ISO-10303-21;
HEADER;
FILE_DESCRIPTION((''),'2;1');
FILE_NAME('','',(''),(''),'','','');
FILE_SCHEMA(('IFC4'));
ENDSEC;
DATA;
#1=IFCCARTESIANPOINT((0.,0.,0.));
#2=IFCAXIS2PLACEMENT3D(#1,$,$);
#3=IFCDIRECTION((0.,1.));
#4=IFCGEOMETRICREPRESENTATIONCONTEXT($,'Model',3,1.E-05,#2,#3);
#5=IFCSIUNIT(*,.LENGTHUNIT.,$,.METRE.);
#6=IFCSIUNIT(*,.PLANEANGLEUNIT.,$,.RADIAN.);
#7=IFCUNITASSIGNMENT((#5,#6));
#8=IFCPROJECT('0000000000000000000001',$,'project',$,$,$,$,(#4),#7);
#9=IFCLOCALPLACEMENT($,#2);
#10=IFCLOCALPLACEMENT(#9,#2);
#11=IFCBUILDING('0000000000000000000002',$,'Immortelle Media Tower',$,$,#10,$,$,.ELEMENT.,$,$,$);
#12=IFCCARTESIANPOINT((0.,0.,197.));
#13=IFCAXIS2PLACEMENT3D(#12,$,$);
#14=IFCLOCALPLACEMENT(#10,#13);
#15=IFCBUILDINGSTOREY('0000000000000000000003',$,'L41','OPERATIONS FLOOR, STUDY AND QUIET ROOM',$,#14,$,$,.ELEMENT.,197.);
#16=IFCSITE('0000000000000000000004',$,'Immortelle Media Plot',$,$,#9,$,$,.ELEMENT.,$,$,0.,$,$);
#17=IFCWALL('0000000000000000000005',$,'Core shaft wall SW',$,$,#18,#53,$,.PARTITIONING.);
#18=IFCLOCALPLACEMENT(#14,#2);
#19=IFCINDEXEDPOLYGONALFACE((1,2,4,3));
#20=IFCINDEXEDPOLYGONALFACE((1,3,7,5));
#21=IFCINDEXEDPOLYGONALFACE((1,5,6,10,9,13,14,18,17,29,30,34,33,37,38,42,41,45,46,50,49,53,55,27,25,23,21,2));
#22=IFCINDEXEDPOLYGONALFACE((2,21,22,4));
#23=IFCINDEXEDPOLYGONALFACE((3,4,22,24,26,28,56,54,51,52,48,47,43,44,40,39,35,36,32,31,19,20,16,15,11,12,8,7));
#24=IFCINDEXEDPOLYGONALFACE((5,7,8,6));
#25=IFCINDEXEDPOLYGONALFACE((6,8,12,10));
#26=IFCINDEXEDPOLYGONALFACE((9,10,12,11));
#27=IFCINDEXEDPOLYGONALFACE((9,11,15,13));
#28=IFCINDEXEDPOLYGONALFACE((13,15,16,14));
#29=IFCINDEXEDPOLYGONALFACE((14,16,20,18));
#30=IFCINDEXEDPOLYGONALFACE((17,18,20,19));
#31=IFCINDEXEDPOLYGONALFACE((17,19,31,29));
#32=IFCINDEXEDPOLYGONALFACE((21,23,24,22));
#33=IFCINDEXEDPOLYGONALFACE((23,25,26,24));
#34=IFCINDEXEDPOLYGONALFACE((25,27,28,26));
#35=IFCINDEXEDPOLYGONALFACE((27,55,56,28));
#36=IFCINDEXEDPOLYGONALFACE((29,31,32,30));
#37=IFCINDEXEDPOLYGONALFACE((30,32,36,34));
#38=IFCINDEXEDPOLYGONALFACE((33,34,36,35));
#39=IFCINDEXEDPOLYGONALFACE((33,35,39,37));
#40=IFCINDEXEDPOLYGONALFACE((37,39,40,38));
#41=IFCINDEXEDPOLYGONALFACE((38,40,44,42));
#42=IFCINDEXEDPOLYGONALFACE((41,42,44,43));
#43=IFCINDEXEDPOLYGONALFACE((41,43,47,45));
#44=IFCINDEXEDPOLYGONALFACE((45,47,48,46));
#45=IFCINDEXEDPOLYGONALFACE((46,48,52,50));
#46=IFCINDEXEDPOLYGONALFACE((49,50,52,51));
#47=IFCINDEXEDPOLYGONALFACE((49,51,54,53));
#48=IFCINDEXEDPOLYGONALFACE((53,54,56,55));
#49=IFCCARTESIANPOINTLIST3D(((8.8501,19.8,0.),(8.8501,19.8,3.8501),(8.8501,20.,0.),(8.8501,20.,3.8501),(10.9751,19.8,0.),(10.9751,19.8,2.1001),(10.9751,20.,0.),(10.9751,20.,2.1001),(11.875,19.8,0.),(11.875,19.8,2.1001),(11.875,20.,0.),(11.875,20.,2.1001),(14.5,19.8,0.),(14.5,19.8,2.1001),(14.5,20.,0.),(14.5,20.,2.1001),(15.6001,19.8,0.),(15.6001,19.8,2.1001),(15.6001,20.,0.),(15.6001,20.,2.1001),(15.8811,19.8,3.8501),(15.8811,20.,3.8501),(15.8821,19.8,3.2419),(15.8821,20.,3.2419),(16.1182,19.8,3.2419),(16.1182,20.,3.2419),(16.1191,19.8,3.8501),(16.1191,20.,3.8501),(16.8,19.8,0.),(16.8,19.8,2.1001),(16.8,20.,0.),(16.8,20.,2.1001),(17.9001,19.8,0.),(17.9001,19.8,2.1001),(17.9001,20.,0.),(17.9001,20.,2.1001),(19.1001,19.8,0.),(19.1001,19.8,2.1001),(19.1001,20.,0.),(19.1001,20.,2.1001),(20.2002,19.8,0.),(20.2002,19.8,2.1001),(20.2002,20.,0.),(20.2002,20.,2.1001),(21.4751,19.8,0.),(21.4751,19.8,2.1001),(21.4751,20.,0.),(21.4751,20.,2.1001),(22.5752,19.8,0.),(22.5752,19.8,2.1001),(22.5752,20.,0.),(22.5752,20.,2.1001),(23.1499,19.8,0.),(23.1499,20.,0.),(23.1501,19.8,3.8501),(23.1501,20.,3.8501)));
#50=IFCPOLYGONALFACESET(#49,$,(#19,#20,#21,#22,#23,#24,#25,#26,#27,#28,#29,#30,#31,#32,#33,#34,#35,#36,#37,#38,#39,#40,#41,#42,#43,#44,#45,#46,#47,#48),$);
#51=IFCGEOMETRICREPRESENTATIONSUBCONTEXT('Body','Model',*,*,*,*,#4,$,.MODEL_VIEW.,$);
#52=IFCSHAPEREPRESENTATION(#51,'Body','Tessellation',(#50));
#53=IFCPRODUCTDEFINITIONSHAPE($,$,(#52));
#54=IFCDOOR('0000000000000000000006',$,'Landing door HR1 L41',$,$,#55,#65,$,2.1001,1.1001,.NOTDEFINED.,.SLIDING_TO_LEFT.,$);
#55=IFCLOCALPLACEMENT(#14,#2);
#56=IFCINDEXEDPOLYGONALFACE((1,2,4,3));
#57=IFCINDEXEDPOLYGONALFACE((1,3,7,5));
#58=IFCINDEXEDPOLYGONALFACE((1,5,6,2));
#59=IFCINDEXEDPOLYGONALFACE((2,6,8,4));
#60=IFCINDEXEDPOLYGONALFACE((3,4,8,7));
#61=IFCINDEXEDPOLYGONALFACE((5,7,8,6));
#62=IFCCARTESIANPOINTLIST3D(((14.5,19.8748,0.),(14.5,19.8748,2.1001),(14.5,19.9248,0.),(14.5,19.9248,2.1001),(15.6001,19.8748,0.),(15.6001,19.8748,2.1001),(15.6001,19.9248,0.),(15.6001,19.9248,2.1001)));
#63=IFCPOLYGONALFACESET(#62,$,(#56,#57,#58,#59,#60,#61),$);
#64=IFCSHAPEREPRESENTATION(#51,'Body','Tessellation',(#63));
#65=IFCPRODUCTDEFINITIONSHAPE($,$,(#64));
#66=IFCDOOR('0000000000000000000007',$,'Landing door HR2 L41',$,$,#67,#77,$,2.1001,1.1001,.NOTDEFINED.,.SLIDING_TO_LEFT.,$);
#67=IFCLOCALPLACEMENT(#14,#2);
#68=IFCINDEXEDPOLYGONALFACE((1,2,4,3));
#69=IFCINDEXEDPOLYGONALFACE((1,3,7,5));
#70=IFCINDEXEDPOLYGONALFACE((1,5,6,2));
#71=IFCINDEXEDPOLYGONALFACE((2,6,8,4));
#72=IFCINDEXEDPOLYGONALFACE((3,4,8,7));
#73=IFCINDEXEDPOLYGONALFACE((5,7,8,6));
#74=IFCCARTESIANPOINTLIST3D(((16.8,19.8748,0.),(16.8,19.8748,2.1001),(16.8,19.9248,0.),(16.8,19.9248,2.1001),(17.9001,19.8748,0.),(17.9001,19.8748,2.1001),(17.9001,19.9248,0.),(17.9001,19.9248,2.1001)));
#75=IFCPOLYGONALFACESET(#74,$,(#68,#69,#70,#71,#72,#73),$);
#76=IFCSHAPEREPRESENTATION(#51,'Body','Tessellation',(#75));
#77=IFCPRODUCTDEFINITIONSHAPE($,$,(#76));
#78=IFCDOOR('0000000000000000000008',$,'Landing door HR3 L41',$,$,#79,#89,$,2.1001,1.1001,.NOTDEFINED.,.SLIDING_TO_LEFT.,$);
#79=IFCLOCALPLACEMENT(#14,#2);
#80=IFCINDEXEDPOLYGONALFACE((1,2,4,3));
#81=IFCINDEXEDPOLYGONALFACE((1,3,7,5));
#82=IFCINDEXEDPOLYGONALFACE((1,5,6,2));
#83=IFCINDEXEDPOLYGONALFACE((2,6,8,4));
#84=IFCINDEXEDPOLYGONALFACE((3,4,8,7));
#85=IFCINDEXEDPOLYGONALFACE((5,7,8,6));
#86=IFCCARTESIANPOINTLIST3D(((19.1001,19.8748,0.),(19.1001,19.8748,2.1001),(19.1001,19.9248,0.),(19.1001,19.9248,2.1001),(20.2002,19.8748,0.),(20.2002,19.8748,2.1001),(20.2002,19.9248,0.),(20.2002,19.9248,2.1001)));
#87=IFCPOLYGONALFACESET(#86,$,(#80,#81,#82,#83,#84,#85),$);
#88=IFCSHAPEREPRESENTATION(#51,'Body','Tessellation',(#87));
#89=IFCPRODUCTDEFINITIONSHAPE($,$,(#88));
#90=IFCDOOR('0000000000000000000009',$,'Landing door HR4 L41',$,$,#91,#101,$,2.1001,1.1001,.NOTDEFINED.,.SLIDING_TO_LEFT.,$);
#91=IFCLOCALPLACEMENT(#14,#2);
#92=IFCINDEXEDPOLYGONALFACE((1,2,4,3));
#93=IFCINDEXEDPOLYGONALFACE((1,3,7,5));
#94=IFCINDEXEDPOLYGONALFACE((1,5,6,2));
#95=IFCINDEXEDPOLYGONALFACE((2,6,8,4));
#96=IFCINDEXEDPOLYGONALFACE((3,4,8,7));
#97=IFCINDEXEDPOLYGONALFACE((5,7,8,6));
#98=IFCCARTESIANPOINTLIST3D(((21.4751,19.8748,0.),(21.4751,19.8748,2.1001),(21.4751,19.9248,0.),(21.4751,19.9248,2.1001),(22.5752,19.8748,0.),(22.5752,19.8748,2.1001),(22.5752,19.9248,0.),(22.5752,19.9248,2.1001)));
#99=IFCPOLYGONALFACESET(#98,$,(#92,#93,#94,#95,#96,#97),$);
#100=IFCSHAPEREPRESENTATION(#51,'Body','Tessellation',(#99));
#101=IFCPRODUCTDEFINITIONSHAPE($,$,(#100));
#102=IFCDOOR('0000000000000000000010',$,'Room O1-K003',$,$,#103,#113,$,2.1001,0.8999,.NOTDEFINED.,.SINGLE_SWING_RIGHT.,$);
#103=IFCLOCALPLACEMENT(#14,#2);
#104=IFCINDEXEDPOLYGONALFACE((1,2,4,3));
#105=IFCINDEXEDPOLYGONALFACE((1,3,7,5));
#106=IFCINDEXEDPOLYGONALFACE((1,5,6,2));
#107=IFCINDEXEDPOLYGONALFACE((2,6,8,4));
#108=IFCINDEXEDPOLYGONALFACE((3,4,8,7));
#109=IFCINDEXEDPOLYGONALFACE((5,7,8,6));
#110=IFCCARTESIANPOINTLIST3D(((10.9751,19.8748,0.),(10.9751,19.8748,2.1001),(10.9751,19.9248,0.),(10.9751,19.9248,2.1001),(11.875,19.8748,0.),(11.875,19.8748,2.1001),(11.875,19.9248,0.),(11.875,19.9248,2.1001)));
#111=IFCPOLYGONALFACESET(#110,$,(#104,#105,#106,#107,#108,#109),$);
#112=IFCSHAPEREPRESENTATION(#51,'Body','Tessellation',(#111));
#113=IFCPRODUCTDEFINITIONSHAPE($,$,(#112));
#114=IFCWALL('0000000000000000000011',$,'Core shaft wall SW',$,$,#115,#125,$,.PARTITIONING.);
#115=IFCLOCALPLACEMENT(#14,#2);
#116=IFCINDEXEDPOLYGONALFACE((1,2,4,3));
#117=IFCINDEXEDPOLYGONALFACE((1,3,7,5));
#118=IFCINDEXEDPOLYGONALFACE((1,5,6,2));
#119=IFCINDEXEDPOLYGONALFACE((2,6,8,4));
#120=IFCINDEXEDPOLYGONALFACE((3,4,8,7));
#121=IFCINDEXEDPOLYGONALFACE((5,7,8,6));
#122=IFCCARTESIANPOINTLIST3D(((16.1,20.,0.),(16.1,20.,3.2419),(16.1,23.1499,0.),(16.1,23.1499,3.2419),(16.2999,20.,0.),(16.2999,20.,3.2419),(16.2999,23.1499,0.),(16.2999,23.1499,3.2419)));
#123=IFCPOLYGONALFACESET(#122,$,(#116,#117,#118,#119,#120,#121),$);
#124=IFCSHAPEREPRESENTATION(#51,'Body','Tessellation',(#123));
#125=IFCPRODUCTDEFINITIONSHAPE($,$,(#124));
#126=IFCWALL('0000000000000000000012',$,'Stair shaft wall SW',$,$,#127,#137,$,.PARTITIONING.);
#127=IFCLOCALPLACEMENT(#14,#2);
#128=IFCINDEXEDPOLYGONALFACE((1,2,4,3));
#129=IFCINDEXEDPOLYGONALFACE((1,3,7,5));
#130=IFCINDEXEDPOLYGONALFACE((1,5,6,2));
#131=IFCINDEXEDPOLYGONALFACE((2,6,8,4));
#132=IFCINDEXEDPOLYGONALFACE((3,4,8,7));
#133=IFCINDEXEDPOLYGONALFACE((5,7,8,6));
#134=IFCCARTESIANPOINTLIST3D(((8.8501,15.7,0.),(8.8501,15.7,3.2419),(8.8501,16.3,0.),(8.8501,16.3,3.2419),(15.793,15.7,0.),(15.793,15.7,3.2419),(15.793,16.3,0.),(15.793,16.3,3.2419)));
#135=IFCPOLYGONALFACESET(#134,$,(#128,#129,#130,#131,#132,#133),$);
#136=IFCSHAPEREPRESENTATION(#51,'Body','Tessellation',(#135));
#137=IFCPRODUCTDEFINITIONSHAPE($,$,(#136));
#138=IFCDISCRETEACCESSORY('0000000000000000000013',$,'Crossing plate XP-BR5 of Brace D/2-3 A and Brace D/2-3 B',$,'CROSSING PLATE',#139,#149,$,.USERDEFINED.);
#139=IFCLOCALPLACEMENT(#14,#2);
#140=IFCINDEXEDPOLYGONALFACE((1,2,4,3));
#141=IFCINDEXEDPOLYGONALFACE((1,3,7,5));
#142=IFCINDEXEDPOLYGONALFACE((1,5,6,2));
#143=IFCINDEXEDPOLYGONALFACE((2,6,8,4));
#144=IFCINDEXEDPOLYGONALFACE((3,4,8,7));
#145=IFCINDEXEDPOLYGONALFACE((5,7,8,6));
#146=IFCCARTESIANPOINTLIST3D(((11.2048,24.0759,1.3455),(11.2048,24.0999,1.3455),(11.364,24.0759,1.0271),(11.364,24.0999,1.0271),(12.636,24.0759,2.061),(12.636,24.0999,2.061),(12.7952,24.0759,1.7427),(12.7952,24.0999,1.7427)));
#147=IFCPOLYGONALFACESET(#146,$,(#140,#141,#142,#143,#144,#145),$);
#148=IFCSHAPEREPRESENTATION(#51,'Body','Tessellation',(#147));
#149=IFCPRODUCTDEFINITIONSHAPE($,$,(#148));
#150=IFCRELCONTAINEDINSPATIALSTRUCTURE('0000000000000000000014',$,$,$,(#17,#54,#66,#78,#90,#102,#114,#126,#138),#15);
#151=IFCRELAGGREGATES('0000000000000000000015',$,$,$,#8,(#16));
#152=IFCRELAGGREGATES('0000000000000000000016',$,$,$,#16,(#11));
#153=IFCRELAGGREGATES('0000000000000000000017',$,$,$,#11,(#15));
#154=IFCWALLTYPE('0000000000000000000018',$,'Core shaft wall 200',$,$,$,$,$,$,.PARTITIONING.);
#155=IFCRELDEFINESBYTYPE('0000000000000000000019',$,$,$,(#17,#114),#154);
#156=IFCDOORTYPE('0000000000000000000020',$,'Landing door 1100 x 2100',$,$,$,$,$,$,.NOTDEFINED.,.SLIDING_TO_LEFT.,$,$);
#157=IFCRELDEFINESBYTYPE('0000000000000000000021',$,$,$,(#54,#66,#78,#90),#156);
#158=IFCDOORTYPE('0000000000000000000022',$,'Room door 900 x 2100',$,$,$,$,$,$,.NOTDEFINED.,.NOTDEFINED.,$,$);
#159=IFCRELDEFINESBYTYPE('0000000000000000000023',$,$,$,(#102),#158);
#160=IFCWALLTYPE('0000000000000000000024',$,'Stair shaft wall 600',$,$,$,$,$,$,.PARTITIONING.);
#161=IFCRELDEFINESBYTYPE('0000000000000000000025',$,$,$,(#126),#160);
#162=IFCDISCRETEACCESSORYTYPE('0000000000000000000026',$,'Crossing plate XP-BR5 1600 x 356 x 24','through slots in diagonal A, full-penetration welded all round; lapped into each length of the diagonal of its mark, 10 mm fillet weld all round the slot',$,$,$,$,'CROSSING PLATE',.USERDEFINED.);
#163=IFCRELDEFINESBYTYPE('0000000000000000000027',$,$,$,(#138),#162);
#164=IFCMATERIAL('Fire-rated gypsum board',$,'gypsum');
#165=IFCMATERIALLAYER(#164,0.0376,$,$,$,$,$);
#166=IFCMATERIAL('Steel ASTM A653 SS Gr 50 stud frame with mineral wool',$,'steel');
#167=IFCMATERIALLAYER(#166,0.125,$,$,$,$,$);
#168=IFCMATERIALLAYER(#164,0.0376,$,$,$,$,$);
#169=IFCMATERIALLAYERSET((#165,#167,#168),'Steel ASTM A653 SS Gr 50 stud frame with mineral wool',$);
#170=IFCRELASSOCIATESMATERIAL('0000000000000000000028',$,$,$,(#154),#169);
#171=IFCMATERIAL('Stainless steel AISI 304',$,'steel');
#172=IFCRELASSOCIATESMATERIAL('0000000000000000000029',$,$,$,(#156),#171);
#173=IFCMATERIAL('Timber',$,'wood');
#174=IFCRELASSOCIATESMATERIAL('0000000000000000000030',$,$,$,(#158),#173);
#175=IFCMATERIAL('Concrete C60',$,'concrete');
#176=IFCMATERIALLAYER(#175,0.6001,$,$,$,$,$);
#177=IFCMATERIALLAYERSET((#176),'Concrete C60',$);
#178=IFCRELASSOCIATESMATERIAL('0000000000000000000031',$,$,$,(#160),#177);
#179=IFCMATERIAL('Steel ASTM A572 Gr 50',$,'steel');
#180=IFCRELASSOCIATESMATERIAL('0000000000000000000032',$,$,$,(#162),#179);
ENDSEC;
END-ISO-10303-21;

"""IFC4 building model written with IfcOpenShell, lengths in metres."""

from ifc_helpers import new_model, si_unit, direction, frame, frame_2d, origin, origin_2d, place, context, subcontext, project, spatial, polyline, rectangle, outline, extrude, material, layer, layer_set, material_profile, profile_set, type_object, element, fill, save


model = new_model("IFC4")

# Units and contexts
model_context = context("Model", 3, precision=1e-05, world=origin(), true_north=direction((0.0, 1.0)))
body_context = subcontext(model_context, "Body", "Model", "MODEL_VIEW")
ifc_project = project(units=[si_unit("LENGTHUNIT", "METRE"), si_unit("PLANEANGLEUNIT", "RADIAN")], contexts=[model_context])

# Site, building, storey
site_placement = place(None, origin())
site = spatial("IfcSite", under=ifc_project, at=site_placement, Name="Immortelle Media Plot", CompositionType="ELEMENT", RefElevation=0.0)
building_placement = place(site_placement, origin())
building = spatial("IfcBuilding", under=site, at=building_placement, Name="Immortelle Media Tower", CompositionType="ELEMENT")
storey_placement = place(building_placement, frame((0.0, 0.0, 197.0)))
storey = spatial("IfcBuildingStorey", under=building, at=storey_placement, Name="L41", Description="OPERATIONS FLOOR, STUDY AND QUIET ROOM", CompositionType="ELEMENT", Elevation=197.0)

# Shared definitions
ifc_material_1 = material(Name="Timber", Category="wood")

# Shared definitions
ifc_material_2 = material(Name="Fire-rated gypsum board", Category="gypsum")
ifc_material_3 = material(Name="Steel ASTM A653 SS Gr 50 stud frame with mineral wool", Category="steel")
ifc_layer_1 = layer(ifc_material_2, 0.0376)
ifc_layer_2 = layer(ifc_material_3, 0.125)
ifc_layer_3 = layer(ifc_material_2, 0.0376)
ifc_layer_set_1 = layer_set([ifc_layer_1, ifc_layer_2, ifc_layer_3], Name="Steel ASTM A653 SS Gr 50 stud frame with mineral wool")
wall_type_1 = type_object("IfcWallType", Name="Core shaft wall 200", PredefinedType="PARTITIONING", material=ifc_layer_set_1)

# Wall, openings, doors
wall_1_placement = place(storey_placement, frame((8.8501, 19.8999, 0.0), z_axis=(0.0, 0.0, 1.0), x_axis=(1.0, 0.0, 0.0)))
wall_1 = element("IfcWall", 1, at=wall_1_placement, inside=storey, type_object=wall_type_1, Name="Core shaft wall SW", PredefinedType="PARTITIONING", context=body_context, shape_type="SweptSolid", body=[
    extrude(outline(polyline([(0.0, 0.0), (14.2998, 0.0), (14.3, 3.8501), (7.269, 3.8501), (7.2681, 3.2419), (7.032, 3.2419), (7.031, 3.8501), (0.0, 3.8501), (0.0, 0.0)])), frame((0.0, 0.1001, 0.0), z_axis=(0.0, -1.0, 0.0), x_axis=(1.0, 0.0, 0.0)), (0.0, 0.0, 1.0), 0.2),
])
opening_1_placement = place(wall_1_placement, frame((2.125, 0.0, 0.0)))
opening_1 = element("IfcOpeningElement", 2, at=opening_1_placement, cuts=wall_1, PredefinedType="OPENING", context=body_context, shape_type="SweptSolid", body=[
    extrude(rectangle(XDim=0.8999, YDim=2.1001, at=frame_2d((0.45, 1.05))), frame((0.0, 0.1099, 0.0), z_axis=(0.0, -1.0, 0.0), x_axis=(1.0, 0.0, 0.0)), (0.0, 0.0, 1.0), 0.22),
])
opening_2_placement = place(wall_1_placement, frame((5.6499, 0.0, 0.0)))
opening_2 = element("IfcOpeningElement", 3, at=opening_2_placement, cuts=wall_1, PredefinedType="OPENING", context=body_context, shape_type="SweptSolid", body=[
    extrude(rectangle(XDim=1.1001, YDim=2.1001, at=frame_2d((0.55, 1.05))), frame((0.0, 0.1099, 0.0), z_axis=(0.0, -1.0, 0.0), x_axis=(1.0, 0.0, 0.0)), (0.0, 0.0, 1.0), 0.22),
])
opening_3_placement = place(wall_1_placement, frame((7.95, 0.0, 0.0)))
opening_3 = element("IfcOpeningElement", 4, at=opening_3_placement, cuts=wall_1, PredefinedType="OPENING", context=body_context, shape_type="SweptSolid", body=[
    extrude(rectangle(XDim=1.1001, YDim=2.1001, at=frame_2d((0.55, 1.05))), frame((0.0, 0.1099, 0.0), z_axis=(0.0, -1.0, 0.0), x_axis=(1.0, 0.0, 0.0)), (0.0, 0.0, 1.0), 0.22),
])
opening_4_placement = place(wall_1_placement, frame((10.25, 0.0, 0.0)))
opening_4 = element("IfcOpeningElement", 5, at=opening_4_placement, cuts=wall_1, PredefinedType="OPENING", context=body_context, shape_type="SweptSolid", body=[
    extrude(rectangle(XDim=1.1001, YDim=2.1001, at=frame_2d((0.55, 1.05))), frame((0.0, 0.1099, 0.0), z_axis=(0.0, -1.0, 0.0), x_axis=(1.0, 0.0, 0.0)), (0.0, 0.0, 1.0), 0.22),
])
opening_5_placement = place(wall_1_placement, frame((12.625, 0.0, 0.0)))
opening_5 = element("IfcOpeningElement", 6, at=opening_5_placement, cuts=wall_1, PredefinedType="OPENING", context=body_context, shape_type="SweptSolid", body=[
    extrude(rectangle(XDim=1.1001, YDim=2.1001, at=frame_2d((0.55, 1.05))), frame((0.0, 0.1099, 0.0), z_axis=(0.0, -1.0, 0.0), x_axis=(1.0, 0.0, 0.0)), (0.0, 0.0, 1.0), 0.22),
])
ifc_material_4 = material(Name="Stainless steel AISI 304", Category="steel")
door_type_1 = type_object("IfcDoorType", Name="Landing door 1100 x 2100", OperationType="SLIDING_TO_LEFT", PredefinedType="NOTDEFINED", material=ifc_material_4)
door_1_placement = place(opening_2_placement, origin())
door_1 = element("IfcDoor", 7, at=door_1_placement, inside=storey, type_object=door_type_1, Name="Landing door HR1 L41", OperationType="SLIDING_TO_LEFT", OverallHeight=2.1001, OverallWidth=1.1001, PredefinedType="NOTDEFINED", context=body_context, shape_type="SweptSolid", body=[
    extrude(rectangle(XDim=1.1001, YDim=2.1001, at=frame_2d((0.55, 1.05))), frame((0.0, 0.0249, 0.0), z_axis=(0.0, -1.0, 0.0), x_axis=(1.0, 0.0, 0.0)), (0.0, 0.0, 1.0), 0.05),
])
fill(opening_2, door_1)
door_2_placement = place(opening_3_placement, origin())
door_2 = element("IfcDoor", 8, at=door_2_placement, inside=storey, type_object=door_type_1, Name="Landing door HR2 L41", OperationType="SLIDING_TO_LEFT", OverallHeight=2.1001, OverallWidth=1.1001, PredefinedType="NOTDEFINED", context=body_context, shape_type="SweptSolid", body=[
    extrude(rectangle(XDim=1.1001, YDim=2.1001, at=frame_2d((0.55, 1.05))), frame((0.0, 0.0249, 0.0), z_axis=(0.0, -1.0, 0.0), x_axis=(1.0, 0.0, 0.0)), (0.0, 0.0, 1.0), 0.05),
])
fill(opening_3, door_2)
door_3_placement = place(opening_4_placement, origin())
door_3 = element("IfcDoor", 9, at=door_3_placement, inside=storey, type_object=door_type_1, Name="Landing door HR3 L41", OperationType="SLIDING_TO_LEFT", OverallHeight=2.1001, OverallWidth=1.1001, PredefinedType="NOTDEFINED", context=body_context, shape_type="SweptSolid", body=[
    extrude(rectangle(XDim=1.1001, YDim=2.1001, at=frame_2d((0.55, 1.05))), frame((0.0, 0.0249, 0.0), z_axis=(0.0, -1.0, 0.0), x_axis=(1.0, 0.0, 0.0)), (0.0, 0.0, 1.0), 0.05),
])
fill(opening_4, door_3)
door_4_placement = place(opening_5_placement, origin())
door_4 = element("IfcDoor", 10, at=door_4_placement, inside=storey, type_object=door_type_1, Name="Landing door HR4 L41", OperationType="SLIDING_TO_LEFT", OverallHeight=2.1001, OverallWidth=1.1001, PredefinedType="NOTDEFINED", context=body_context, shape_type="SweptSolid", body=[
    extrude(rectangle(XDim=1.1001, YDim=2.1001, at=frame_2d((0.55, 1.05))), frame((0.0, 0.0249, 0.0), z_axis=(0.0, -1.0, 0.0), x_axis=(1.0, 0.0, 0.0)), (0.0, 0.0, 1.0), 0.05),
])
fill(opening_5, door_4)
door_type_2 = type_object("IfcDoorType", Name="Room door 900 x 2100", OperationType="NOTDEFINED", PredefinedType="NOTDEFINED", material=ifc_material_1)
door_5_placement = place(opening_1_placement, origin())
door_5 = element("IfcDoor", 11, at=door_5_placement, inside=storey, type_object=door_type_2, Name="Room O1-K003", OperationType="SINGLE_SWING_RIGHT", OverallHeight=2.1001, OverallWidth=0.8999, PredefinedType="NOTDEFINED", context=body_context, shape_type="SweptSolid", body=[
    extrude(rectangle(XDim=0.8999, YDim=2.1001, at=frame_2d((0.45, 1.05))), frame((0.0, 0.0249, 0.0), z_axis=(0.0, -1.0, 0.0), x_axis=(1.0, 0.0, 0.0)), (0.0, 0.0, 1.0), 0.05),
])
fill(opening_1, door_5)

# Walls
wall_2_placement = place(storey_placement, frame((16.2, 20.0, 0.0), z_axis=(0.0, 0.0, 1.0), x_axis=(0.0, 1.0, 0.0)))
element("IfcWall", 12, at=wall_2_placement, inside=storey, type_object=wall_type_1, Name="Core shaft wall SW", PredefinedType="PARTITIONING", context=body_context, shape_type="SweptSolid", body=[
    extrude(rectangle(XDim=3.1499, YDim=0.2, at=frame_2d((1.575, 0.0))), origin(), (0.0, 0.0, 1.0), 3.2419),
])
ifc_material_5 = material(Name="Concrete C60", Category="concrete")
ifc_layer_4 = layer(ifc_material_5, 0.6001)
ifc_layer_set_2 = layer_set([ifc_layer_4], Name="Concrete C60")
wall_type_2 = type_object("IfcWallType", Name="Stair shaft wall 600", PredefinedType="PARTITIONING", material=ifc_layer_set_2)
wall_3_placement = place(storey_placement, frame((8.8501, 16.0, 0.0), z_axis=(0.0, 0.0, 1.0), x_axis=(1.0, 0.0, 0.0)))
element("IfcWall", 13, at=wall_3_placement, inside=storey, type_object=wall_type_2, Name="Stair shaft wall SW", PredefinedType="PARTITIONING", context=body_context, shape_type="SweptSolid", body=[
    extrude(rectangle(XDim=6.9429, YDim=0.6001, at=frame_2d((3.4714, 0.0))), origin(), (0.0, 0.0, 1.0), 3.2419),
])

# Discrete accessory
ifc_material_6 = material(Name="Steel ASTM A572 Gr 50", Category="steel")
ifc_material_profile_1 = material_profile(ifc_material_6, rectangle(XDim=0.0239, YDim=0.356, at=origin_2d()), Name="PL 24 x 356")
ifc_profile_set_1 = profile_set([ifc_material_profile_1], Name="Steel ASTM A572 Gr 50")
discrete_accessory_type_1 = type_object("IfcDiscreteAccessoryType", Name="Crossing plate XP-BR5 1600 x 356 x 24", Description="through slots in diagonal A, full-penetration welded all round; lapped into each length of the diagonal of its mark, 10 mm fillet weld all round the slot", ElementType="CROSSING PLATE", PredefinedType="USERDEFINED", material=ifc_profile_set_1)
discrete_accessory_placement = place(storey_placement, frame((12.7156, 24.0879, 1.9019), z_axis=(-0.894427, 0.0, -0.447214), x_axis=(0.0, -1.0, 0.0)))
element("IfcDiscreteAccessory", 14, at=discrete_accessory_placement, inside=storey, type_object=discrete_accessory_type_1, Name="Crossing plate XP-BR5 of Brace D/2-3 A and Brace D/2-3 B", ObjectType="CROSSING PLATE", PredefinedType="USERDEFINED", context=body_context, shape_type="SweptSolid", body=[
    extrude(rectangle(XDim=0.0239, YDim=0.356, at=origin_2d()), origin(), (0.0, 0.0, 1.0), 1.6001),
])

save(model, "model.ifc")
